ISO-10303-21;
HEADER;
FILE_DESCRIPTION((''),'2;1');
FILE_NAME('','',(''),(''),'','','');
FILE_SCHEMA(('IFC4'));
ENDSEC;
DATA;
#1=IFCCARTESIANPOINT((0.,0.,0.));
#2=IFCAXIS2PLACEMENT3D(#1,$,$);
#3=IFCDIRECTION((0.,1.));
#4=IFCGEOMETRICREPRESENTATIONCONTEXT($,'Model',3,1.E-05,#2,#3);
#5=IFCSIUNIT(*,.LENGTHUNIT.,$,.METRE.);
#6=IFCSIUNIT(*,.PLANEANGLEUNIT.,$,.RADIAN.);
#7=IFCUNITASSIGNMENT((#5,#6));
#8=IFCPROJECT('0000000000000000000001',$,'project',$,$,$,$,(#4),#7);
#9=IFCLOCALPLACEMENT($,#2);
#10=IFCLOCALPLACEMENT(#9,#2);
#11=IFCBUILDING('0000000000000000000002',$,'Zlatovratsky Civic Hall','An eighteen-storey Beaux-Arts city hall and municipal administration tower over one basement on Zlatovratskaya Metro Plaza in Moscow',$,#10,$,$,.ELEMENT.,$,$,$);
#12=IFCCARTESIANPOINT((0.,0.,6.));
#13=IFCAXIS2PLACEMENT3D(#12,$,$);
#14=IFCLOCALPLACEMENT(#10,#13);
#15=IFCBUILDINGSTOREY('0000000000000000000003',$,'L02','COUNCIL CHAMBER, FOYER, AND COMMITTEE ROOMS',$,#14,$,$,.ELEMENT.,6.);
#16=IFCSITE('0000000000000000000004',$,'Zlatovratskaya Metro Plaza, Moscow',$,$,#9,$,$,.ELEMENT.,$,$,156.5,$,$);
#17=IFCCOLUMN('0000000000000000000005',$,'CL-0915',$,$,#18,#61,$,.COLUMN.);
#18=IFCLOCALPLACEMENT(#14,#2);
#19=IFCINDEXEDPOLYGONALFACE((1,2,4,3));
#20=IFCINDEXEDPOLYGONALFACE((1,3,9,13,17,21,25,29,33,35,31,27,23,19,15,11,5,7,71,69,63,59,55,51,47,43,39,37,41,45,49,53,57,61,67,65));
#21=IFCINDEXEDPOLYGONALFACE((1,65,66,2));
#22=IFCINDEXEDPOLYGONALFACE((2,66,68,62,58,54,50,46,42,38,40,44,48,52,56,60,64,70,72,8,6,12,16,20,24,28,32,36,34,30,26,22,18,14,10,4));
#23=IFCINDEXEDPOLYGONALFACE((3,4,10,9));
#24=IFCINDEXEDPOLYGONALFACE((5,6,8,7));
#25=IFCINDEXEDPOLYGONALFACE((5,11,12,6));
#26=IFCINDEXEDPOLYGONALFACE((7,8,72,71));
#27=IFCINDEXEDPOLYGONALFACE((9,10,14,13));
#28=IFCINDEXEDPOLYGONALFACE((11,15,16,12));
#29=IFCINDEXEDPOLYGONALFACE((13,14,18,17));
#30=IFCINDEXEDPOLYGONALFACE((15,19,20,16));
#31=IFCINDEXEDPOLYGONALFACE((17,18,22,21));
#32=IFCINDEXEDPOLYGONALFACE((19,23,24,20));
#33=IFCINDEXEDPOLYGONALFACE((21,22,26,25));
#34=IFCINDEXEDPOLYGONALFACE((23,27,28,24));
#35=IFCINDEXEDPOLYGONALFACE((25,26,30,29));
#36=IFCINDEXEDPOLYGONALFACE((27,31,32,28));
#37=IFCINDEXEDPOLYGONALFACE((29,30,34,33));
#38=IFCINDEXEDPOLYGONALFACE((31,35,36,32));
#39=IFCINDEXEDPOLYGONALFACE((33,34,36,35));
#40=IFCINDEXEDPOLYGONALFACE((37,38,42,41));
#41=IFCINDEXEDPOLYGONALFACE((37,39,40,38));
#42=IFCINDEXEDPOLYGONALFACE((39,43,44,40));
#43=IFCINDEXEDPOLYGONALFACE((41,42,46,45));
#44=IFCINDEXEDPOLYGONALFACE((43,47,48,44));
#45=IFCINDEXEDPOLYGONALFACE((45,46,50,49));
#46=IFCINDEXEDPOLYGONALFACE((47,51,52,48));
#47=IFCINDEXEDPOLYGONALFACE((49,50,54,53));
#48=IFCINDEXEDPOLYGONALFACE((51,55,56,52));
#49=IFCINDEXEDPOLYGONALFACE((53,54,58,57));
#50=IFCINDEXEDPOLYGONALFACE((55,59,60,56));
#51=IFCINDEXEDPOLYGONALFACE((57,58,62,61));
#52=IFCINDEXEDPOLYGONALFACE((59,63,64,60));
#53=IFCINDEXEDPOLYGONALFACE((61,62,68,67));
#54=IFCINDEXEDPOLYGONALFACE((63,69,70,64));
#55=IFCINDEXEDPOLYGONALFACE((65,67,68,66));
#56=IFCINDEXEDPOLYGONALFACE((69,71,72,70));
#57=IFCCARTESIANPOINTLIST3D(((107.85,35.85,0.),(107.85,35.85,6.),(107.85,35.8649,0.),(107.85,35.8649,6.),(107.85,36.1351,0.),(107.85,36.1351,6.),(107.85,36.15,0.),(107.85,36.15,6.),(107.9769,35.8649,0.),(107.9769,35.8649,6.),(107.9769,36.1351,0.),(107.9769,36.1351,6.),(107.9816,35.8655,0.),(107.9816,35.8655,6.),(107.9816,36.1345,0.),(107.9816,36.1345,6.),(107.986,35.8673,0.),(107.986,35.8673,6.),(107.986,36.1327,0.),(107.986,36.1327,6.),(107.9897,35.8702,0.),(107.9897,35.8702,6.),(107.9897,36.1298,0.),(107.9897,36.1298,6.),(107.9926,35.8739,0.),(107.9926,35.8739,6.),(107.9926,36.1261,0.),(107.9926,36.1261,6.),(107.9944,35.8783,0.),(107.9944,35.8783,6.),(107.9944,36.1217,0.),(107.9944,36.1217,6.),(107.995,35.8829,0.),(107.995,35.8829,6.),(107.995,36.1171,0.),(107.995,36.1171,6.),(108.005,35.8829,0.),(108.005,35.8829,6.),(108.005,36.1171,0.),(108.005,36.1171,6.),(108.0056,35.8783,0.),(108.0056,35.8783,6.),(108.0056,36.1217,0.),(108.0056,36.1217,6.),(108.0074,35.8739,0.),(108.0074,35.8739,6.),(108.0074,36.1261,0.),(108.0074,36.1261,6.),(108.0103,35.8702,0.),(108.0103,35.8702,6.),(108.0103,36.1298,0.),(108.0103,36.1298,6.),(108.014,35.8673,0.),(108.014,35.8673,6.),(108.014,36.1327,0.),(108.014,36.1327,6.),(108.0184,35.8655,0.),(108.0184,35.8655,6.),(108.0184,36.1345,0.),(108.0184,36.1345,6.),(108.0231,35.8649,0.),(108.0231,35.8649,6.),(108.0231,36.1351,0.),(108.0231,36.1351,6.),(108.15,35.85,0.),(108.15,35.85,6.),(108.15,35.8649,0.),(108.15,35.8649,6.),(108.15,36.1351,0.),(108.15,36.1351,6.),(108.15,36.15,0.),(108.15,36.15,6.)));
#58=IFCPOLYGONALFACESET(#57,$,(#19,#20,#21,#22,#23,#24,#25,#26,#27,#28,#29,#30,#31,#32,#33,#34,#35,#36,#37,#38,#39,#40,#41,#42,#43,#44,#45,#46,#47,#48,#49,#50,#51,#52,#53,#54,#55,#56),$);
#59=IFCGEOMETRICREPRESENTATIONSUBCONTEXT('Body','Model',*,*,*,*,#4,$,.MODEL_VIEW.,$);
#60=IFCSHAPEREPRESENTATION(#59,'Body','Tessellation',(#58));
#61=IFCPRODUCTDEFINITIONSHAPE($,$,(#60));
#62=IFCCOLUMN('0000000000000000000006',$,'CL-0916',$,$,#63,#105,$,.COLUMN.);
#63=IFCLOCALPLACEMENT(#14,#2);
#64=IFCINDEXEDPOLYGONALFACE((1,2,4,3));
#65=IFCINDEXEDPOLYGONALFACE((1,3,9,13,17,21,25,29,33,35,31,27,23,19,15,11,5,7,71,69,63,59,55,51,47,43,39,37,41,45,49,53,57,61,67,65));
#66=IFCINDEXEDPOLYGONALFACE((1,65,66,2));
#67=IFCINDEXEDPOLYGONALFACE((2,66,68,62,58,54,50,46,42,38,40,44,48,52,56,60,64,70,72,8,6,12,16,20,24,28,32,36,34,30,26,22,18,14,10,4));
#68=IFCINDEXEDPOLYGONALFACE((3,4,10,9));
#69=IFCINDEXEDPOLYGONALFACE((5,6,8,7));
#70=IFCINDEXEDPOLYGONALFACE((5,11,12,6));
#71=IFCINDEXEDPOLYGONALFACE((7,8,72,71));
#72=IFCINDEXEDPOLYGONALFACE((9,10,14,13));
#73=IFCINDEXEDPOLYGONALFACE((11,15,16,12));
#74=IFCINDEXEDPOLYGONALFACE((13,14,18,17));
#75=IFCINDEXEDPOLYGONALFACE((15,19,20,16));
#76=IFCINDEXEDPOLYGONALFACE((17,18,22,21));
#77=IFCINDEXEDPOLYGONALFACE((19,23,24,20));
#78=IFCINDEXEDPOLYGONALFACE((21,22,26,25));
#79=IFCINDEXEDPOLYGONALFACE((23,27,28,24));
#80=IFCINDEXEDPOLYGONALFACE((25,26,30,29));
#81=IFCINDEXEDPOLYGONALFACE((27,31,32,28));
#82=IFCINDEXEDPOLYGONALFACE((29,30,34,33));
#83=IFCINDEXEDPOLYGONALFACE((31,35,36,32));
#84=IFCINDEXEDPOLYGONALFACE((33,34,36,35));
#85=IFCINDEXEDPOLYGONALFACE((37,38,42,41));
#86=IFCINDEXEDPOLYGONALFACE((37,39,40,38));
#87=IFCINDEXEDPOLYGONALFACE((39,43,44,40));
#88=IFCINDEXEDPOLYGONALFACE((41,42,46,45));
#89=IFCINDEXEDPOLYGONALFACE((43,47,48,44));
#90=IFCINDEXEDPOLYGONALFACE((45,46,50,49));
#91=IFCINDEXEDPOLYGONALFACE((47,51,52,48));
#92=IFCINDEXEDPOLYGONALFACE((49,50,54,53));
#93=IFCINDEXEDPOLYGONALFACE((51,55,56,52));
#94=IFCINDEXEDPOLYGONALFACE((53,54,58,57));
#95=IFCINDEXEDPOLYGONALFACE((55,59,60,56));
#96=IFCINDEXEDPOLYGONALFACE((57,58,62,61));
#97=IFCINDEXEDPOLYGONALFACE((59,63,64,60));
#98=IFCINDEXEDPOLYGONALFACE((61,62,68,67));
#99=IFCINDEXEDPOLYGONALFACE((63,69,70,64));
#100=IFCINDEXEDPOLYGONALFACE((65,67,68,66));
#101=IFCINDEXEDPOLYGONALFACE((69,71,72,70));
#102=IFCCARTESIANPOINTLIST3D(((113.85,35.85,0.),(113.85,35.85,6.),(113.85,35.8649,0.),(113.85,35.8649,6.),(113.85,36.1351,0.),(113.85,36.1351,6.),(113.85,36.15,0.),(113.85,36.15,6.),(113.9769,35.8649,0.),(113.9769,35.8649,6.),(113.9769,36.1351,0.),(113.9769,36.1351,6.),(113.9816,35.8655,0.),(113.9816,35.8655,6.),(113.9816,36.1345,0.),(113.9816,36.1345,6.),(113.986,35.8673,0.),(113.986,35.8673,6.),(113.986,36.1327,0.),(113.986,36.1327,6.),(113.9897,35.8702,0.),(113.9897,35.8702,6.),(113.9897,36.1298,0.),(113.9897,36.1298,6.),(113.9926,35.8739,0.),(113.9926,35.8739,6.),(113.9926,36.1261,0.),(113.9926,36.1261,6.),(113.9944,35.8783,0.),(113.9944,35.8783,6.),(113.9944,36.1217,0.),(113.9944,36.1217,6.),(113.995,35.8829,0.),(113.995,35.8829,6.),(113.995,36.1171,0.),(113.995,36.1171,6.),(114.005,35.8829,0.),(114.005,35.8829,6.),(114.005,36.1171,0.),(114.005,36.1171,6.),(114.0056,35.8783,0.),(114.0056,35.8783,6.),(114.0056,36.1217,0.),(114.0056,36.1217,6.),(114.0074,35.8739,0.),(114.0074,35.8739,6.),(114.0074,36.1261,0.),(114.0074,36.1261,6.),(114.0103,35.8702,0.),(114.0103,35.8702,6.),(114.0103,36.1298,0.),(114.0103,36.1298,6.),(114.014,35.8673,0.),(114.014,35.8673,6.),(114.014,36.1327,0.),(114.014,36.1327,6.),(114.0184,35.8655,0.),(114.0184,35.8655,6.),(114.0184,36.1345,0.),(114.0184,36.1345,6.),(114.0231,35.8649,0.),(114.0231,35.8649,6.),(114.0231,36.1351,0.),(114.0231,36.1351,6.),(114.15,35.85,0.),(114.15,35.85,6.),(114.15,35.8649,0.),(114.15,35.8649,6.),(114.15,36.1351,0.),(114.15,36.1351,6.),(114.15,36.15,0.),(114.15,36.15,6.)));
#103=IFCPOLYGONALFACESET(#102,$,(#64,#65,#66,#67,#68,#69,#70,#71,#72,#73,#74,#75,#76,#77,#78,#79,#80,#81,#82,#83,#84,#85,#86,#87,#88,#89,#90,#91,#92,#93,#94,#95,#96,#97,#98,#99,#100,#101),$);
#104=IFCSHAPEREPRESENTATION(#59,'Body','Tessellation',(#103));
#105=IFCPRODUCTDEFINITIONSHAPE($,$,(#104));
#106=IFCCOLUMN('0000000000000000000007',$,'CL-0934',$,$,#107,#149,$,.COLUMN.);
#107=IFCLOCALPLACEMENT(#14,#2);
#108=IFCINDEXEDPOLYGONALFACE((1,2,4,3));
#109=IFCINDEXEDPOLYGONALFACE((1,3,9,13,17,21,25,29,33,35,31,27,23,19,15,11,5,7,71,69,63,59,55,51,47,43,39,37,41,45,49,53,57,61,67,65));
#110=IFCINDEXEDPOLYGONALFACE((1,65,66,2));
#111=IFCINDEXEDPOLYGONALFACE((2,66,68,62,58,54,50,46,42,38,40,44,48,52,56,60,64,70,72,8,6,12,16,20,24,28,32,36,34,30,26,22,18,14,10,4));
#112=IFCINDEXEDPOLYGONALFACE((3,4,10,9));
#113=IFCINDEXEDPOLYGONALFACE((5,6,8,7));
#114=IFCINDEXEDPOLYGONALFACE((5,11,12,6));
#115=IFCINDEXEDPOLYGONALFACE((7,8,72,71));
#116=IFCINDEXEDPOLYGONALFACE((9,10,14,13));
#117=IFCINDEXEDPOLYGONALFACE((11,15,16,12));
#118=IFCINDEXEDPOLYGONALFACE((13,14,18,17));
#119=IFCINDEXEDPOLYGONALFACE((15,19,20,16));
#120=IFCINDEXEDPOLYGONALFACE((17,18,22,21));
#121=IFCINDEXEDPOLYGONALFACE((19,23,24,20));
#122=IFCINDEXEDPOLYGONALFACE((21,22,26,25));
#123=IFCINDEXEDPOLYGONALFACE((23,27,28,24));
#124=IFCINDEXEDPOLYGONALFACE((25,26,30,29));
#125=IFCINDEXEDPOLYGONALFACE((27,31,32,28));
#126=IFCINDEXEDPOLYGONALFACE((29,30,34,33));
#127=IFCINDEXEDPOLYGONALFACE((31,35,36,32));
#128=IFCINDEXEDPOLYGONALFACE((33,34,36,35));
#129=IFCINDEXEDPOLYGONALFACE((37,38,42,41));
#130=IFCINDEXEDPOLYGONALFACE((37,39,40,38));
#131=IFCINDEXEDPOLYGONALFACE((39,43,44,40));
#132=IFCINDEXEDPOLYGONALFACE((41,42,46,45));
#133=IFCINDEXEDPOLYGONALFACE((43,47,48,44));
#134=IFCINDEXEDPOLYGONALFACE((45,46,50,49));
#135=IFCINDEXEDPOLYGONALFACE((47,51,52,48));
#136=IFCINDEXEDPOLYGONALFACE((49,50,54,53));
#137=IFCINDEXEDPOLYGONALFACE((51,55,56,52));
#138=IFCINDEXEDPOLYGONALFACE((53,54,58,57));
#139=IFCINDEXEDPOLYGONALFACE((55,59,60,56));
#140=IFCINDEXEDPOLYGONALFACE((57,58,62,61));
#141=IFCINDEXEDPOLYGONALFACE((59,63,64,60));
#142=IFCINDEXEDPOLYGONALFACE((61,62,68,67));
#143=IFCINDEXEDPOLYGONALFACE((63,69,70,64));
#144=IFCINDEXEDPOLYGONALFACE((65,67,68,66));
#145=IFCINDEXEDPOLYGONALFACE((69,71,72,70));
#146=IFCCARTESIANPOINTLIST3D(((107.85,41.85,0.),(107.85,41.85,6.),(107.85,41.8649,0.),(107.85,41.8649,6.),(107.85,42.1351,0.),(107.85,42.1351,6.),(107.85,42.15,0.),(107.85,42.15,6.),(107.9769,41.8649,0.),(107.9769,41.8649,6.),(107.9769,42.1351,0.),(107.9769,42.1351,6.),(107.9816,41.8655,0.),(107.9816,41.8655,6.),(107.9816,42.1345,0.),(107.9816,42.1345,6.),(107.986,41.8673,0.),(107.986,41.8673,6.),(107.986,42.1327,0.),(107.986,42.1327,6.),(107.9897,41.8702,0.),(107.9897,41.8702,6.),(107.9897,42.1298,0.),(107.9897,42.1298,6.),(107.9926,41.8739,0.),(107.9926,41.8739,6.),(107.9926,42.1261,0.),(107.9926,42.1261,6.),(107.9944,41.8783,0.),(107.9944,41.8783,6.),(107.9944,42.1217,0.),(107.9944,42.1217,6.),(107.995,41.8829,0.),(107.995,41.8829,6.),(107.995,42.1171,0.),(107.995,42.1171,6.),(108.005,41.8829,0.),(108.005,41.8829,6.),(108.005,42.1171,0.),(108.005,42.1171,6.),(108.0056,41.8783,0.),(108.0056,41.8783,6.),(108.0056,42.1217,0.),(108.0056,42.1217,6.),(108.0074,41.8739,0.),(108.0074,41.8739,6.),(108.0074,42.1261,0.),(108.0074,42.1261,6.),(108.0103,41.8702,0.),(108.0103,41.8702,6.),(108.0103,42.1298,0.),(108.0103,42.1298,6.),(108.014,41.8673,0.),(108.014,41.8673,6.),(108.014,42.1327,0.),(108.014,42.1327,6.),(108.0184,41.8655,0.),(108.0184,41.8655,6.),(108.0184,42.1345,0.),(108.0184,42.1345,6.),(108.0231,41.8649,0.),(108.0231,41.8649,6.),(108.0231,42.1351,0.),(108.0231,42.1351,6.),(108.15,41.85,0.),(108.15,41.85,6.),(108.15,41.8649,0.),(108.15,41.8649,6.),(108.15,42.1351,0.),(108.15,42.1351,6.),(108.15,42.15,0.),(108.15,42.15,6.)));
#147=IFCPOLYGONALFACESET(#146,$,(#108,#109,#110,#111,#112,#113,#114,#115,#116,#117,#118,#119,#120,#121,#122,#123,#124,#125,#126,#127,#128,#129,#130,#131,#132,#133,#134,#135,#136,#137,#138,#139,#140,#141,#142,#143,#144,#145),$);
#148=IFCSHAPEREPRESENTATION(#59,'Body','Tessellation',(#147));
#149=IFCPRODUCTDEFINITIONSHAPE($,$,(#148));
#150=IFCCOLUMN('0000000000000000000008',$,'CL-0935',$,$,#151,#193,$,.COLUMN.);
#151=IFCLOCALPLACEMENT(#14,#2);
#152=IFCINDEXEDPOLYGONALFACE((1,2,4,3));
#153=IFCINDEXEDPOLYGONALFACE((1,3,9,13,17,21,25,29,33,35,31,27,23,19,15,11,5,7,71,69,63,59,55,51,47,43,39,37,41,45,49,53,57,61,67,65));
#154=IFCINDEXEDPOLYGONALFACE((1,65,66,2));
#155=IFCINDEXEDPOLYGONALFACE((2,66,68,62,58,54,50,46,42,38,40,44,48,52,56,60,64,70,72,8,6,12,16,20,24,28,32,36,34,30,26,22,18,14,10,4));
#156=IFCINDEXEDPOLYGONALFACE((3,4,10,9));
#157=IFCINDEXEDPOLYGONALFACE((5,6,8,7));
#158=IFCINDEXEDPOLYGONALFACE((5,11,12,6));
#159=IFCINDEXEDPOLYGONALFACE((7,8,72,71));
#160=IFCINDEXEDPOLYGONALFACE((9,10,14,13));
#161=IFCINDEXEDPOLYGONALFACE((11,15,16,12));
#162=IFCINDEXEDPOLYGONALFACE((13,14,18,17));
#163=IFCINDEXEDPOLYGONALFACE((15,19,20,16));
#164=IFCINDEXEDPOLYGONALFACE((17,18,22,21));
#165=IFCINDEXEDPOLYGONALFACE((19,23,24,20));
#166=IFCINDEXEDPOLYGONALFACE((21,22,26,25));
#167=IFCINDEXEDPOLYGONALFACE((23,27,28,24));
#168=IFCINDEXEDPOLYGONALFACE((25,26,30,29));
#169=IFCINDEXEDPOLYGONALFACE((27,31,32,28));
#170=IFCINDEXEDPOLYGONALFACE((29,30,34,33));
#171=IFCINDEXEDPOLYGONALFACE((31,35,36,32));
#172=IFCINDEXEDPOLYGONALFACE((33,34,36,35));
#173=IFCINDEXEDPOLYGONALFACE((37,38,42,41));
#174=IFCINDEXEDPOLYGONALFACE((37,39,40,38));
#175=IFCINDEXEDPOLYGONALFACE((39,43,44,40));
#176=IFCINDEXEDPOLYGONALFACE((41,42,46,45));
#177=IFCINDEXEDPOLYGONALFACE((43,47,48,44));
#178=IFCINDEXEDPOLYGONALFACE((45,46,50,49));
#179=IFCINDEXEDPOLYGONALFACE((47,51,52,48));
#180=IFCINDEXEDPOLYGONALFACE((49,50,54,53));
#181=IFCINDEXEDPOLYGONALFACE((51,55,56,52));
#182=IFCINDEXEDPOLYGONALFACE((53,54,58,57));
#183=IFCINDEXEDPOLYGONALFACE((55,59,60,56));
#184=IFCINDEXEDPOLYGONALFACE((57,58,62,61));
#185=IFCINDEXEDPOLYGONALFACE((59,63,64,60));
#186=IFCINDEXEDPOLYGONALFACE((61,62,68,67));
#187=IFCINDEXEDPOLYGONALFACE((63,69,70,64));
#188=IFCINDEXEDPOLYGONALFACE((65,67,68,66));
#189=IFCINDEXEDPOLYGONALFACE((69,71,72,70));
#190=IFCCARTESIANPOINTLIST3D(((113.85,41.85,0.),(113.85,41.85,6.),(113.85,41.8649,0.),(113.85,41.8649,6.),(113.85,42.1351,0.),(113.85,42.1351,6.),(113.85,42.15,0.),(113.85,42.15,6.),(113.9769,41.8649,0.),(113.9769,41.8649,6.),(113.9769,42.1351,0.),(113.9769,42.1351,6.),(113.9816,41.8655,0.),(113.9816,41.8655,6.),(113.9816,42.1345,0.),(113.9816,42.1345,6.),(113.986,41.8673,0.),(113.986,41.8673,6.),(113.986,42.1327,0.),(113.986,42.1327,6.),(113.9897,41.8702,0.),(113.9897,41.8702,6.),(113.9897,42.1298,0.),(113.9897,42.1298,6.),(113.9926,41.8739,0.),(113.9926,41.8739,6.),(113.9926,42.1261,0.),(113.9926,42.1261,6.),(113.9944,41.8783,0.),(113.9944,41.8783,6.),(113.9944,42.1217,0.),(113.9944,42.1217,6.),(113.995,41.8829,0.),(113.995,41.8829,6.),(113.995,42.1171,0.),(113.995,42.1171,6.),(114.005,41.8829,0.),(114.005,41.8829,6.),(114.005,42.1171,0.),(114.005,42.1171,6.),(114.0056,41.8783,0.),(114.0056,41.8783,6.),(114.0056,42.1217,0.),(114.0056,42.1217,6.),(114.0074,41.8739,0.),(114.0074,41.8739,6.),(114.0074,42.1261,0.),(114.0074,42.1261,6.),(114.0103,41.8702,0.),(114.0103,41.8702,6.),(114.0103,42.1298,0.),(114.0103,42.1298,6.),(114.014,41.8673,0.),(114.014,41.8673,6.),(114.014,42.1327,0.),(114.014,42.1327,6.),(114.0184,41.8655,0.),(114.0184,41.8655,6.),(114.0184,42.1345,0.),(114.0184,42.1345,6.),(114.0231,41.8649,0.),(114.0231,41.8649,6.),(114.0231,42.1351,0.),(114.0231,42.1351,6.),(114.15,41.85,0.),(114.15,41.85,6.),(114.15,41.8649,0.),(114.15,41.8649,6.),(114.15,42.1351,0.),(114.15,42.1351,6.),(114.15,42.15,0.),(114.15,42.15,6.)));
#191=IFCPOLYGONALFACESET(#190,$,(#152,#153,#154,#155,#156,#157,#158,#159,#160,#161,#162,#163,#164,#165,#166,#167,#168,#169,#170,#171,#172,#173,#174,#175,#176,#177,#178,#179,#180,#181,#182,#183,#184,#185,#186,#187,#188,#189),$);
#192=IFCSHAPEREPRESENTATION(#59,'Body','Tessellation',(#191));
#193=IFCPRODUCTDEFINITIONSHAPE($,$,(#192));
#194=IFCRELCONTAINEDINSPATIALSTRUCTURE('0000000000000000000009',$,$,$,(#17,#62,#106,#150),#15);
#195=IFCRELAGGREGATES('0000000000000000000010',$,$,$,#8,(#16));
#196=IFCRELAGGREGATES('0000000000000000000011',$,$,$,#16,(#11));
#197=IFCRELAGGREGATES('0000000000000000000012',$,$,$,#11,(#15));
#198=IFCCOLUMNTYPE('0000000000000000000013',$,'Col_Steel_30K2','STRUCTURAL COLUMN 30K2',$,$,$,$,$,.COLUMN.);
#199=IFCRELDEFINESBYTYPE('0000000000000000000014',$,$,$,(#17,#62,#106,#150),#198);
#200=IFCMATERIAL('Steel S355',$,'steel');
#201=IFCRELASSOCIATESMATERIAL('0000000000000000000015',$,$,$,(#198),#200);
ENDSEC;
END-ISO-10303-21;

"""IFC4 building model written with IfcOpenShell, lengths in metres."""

from ifc_helpers import new_model, si_unit, direction, frame, origin, origin_2d, place, context, subcontext, project, spatial, i_section, extrude, material, material_profile, profile_set, type_object, element, save


model = new_model("IFC4")

# Units and contexts
model_context = context("Model", 3, precision=1e-05, world=origin(), true_north=direction((0.0, 1.0)))
body_context = subcontext(model_context, "Body", "Model", "MODEL_VIEW")
ifc_project = project(units=[si_unit("LENGTHUNIT", "METRE"), si_unit("PLANEANGLEUNIT", "RADIAN")], contexts=[model_context])

# Site, building, storey
site_placement = place(None, origin())
site = spatial("IfcSite", under=ifc_project, at=site_placement, Name="Zlatovratskaya Metro Plaza, Moscow", CompositionType="ELEMENT", RefElevation=156.5)
building_placement = place(site_placement, origin())
building = spatial("IfcBuilding", under=site, at=building_placement, Name="Zlatovratsky Civic Hall", Description="An eighteen-storey Beaux-Arts city hall and municipal administration tower over one basement on Zlatovratskaya Metro Plaza in Moscow", CompositionType="ELEMENT")
storey_placement = place(building_placement, frame((0.0, 0.0, 6.0)))
storey = spatial("IfcBuildingStorey", under=building, at=storey_placement, Name="L02", Description="COUNCIL CHAMBER, FOYER, AND COMMITTEE ROOMS", CompositionType="ELEMENT", Elevation=6.0)

# Columns
ifc_material_1 = material(Name="Steel S355", Category="steel")
ifc_material_profile_1 = material_profile(ifc_material_1, i_section(OverallWidth=0.3, OverallDepth=0.3, WebThickness=0.01, FlangeThickness=0.0149, FilletRadius=0.0181, at=origin_2d()), Name="30K2")
ifc_profile_set_1 = profile_set([ifc_material_profile_1], Name="Steel S355")
column_type = type_object("IfcColumnType", Name="Col_Steel_30K2", Description="STRUCTURAL COLUMN 30K2", PredefinedType="COLUMN", material=ifc_profile_set_1)
for number, where, z_axis, x_axis, name in (
    (1, (108.0, 36.0, 0.0), (0.0, 0.0, 1.0), (1.0, 0.0, 0.0), "CL-0915"),
    (2, (114.0, 36.0, 0.0), (0.0, 0.0, 1.0), (1.0, 0.0, 0.0), "CL-0916"),
    (3, (108.0, 42.0, 0.0), (0.0, 0.0, 1.0), (1.0, 0.0, 0.0), "CL-0934"),
    (4, (114.0, 42.0, 0.0), (0.0, 0.0, 1.0), (1.0, 0.0, 0.0), "CL-0935"),
):
    element("IfcColumn", number, at=place(storey_placement, frame(where, z_axis=z_axis, x_axis=x_axis)), inside=storey, type_object=column_type, Name=name, PredefinedType="COLUMN", context=body_context, shape_type="SweptSolid", body=[
        extrude(i_section(OverallWidth=0.3, OverallDepth=0.3, WebThickness=0.01, FlangeThickness=0.0149, FilletRadius=0.0181, at=origin_2d()), origin(), (0.0, 0.0, 1.0), 6.0),
    ])

save(model, "model.ifc")
